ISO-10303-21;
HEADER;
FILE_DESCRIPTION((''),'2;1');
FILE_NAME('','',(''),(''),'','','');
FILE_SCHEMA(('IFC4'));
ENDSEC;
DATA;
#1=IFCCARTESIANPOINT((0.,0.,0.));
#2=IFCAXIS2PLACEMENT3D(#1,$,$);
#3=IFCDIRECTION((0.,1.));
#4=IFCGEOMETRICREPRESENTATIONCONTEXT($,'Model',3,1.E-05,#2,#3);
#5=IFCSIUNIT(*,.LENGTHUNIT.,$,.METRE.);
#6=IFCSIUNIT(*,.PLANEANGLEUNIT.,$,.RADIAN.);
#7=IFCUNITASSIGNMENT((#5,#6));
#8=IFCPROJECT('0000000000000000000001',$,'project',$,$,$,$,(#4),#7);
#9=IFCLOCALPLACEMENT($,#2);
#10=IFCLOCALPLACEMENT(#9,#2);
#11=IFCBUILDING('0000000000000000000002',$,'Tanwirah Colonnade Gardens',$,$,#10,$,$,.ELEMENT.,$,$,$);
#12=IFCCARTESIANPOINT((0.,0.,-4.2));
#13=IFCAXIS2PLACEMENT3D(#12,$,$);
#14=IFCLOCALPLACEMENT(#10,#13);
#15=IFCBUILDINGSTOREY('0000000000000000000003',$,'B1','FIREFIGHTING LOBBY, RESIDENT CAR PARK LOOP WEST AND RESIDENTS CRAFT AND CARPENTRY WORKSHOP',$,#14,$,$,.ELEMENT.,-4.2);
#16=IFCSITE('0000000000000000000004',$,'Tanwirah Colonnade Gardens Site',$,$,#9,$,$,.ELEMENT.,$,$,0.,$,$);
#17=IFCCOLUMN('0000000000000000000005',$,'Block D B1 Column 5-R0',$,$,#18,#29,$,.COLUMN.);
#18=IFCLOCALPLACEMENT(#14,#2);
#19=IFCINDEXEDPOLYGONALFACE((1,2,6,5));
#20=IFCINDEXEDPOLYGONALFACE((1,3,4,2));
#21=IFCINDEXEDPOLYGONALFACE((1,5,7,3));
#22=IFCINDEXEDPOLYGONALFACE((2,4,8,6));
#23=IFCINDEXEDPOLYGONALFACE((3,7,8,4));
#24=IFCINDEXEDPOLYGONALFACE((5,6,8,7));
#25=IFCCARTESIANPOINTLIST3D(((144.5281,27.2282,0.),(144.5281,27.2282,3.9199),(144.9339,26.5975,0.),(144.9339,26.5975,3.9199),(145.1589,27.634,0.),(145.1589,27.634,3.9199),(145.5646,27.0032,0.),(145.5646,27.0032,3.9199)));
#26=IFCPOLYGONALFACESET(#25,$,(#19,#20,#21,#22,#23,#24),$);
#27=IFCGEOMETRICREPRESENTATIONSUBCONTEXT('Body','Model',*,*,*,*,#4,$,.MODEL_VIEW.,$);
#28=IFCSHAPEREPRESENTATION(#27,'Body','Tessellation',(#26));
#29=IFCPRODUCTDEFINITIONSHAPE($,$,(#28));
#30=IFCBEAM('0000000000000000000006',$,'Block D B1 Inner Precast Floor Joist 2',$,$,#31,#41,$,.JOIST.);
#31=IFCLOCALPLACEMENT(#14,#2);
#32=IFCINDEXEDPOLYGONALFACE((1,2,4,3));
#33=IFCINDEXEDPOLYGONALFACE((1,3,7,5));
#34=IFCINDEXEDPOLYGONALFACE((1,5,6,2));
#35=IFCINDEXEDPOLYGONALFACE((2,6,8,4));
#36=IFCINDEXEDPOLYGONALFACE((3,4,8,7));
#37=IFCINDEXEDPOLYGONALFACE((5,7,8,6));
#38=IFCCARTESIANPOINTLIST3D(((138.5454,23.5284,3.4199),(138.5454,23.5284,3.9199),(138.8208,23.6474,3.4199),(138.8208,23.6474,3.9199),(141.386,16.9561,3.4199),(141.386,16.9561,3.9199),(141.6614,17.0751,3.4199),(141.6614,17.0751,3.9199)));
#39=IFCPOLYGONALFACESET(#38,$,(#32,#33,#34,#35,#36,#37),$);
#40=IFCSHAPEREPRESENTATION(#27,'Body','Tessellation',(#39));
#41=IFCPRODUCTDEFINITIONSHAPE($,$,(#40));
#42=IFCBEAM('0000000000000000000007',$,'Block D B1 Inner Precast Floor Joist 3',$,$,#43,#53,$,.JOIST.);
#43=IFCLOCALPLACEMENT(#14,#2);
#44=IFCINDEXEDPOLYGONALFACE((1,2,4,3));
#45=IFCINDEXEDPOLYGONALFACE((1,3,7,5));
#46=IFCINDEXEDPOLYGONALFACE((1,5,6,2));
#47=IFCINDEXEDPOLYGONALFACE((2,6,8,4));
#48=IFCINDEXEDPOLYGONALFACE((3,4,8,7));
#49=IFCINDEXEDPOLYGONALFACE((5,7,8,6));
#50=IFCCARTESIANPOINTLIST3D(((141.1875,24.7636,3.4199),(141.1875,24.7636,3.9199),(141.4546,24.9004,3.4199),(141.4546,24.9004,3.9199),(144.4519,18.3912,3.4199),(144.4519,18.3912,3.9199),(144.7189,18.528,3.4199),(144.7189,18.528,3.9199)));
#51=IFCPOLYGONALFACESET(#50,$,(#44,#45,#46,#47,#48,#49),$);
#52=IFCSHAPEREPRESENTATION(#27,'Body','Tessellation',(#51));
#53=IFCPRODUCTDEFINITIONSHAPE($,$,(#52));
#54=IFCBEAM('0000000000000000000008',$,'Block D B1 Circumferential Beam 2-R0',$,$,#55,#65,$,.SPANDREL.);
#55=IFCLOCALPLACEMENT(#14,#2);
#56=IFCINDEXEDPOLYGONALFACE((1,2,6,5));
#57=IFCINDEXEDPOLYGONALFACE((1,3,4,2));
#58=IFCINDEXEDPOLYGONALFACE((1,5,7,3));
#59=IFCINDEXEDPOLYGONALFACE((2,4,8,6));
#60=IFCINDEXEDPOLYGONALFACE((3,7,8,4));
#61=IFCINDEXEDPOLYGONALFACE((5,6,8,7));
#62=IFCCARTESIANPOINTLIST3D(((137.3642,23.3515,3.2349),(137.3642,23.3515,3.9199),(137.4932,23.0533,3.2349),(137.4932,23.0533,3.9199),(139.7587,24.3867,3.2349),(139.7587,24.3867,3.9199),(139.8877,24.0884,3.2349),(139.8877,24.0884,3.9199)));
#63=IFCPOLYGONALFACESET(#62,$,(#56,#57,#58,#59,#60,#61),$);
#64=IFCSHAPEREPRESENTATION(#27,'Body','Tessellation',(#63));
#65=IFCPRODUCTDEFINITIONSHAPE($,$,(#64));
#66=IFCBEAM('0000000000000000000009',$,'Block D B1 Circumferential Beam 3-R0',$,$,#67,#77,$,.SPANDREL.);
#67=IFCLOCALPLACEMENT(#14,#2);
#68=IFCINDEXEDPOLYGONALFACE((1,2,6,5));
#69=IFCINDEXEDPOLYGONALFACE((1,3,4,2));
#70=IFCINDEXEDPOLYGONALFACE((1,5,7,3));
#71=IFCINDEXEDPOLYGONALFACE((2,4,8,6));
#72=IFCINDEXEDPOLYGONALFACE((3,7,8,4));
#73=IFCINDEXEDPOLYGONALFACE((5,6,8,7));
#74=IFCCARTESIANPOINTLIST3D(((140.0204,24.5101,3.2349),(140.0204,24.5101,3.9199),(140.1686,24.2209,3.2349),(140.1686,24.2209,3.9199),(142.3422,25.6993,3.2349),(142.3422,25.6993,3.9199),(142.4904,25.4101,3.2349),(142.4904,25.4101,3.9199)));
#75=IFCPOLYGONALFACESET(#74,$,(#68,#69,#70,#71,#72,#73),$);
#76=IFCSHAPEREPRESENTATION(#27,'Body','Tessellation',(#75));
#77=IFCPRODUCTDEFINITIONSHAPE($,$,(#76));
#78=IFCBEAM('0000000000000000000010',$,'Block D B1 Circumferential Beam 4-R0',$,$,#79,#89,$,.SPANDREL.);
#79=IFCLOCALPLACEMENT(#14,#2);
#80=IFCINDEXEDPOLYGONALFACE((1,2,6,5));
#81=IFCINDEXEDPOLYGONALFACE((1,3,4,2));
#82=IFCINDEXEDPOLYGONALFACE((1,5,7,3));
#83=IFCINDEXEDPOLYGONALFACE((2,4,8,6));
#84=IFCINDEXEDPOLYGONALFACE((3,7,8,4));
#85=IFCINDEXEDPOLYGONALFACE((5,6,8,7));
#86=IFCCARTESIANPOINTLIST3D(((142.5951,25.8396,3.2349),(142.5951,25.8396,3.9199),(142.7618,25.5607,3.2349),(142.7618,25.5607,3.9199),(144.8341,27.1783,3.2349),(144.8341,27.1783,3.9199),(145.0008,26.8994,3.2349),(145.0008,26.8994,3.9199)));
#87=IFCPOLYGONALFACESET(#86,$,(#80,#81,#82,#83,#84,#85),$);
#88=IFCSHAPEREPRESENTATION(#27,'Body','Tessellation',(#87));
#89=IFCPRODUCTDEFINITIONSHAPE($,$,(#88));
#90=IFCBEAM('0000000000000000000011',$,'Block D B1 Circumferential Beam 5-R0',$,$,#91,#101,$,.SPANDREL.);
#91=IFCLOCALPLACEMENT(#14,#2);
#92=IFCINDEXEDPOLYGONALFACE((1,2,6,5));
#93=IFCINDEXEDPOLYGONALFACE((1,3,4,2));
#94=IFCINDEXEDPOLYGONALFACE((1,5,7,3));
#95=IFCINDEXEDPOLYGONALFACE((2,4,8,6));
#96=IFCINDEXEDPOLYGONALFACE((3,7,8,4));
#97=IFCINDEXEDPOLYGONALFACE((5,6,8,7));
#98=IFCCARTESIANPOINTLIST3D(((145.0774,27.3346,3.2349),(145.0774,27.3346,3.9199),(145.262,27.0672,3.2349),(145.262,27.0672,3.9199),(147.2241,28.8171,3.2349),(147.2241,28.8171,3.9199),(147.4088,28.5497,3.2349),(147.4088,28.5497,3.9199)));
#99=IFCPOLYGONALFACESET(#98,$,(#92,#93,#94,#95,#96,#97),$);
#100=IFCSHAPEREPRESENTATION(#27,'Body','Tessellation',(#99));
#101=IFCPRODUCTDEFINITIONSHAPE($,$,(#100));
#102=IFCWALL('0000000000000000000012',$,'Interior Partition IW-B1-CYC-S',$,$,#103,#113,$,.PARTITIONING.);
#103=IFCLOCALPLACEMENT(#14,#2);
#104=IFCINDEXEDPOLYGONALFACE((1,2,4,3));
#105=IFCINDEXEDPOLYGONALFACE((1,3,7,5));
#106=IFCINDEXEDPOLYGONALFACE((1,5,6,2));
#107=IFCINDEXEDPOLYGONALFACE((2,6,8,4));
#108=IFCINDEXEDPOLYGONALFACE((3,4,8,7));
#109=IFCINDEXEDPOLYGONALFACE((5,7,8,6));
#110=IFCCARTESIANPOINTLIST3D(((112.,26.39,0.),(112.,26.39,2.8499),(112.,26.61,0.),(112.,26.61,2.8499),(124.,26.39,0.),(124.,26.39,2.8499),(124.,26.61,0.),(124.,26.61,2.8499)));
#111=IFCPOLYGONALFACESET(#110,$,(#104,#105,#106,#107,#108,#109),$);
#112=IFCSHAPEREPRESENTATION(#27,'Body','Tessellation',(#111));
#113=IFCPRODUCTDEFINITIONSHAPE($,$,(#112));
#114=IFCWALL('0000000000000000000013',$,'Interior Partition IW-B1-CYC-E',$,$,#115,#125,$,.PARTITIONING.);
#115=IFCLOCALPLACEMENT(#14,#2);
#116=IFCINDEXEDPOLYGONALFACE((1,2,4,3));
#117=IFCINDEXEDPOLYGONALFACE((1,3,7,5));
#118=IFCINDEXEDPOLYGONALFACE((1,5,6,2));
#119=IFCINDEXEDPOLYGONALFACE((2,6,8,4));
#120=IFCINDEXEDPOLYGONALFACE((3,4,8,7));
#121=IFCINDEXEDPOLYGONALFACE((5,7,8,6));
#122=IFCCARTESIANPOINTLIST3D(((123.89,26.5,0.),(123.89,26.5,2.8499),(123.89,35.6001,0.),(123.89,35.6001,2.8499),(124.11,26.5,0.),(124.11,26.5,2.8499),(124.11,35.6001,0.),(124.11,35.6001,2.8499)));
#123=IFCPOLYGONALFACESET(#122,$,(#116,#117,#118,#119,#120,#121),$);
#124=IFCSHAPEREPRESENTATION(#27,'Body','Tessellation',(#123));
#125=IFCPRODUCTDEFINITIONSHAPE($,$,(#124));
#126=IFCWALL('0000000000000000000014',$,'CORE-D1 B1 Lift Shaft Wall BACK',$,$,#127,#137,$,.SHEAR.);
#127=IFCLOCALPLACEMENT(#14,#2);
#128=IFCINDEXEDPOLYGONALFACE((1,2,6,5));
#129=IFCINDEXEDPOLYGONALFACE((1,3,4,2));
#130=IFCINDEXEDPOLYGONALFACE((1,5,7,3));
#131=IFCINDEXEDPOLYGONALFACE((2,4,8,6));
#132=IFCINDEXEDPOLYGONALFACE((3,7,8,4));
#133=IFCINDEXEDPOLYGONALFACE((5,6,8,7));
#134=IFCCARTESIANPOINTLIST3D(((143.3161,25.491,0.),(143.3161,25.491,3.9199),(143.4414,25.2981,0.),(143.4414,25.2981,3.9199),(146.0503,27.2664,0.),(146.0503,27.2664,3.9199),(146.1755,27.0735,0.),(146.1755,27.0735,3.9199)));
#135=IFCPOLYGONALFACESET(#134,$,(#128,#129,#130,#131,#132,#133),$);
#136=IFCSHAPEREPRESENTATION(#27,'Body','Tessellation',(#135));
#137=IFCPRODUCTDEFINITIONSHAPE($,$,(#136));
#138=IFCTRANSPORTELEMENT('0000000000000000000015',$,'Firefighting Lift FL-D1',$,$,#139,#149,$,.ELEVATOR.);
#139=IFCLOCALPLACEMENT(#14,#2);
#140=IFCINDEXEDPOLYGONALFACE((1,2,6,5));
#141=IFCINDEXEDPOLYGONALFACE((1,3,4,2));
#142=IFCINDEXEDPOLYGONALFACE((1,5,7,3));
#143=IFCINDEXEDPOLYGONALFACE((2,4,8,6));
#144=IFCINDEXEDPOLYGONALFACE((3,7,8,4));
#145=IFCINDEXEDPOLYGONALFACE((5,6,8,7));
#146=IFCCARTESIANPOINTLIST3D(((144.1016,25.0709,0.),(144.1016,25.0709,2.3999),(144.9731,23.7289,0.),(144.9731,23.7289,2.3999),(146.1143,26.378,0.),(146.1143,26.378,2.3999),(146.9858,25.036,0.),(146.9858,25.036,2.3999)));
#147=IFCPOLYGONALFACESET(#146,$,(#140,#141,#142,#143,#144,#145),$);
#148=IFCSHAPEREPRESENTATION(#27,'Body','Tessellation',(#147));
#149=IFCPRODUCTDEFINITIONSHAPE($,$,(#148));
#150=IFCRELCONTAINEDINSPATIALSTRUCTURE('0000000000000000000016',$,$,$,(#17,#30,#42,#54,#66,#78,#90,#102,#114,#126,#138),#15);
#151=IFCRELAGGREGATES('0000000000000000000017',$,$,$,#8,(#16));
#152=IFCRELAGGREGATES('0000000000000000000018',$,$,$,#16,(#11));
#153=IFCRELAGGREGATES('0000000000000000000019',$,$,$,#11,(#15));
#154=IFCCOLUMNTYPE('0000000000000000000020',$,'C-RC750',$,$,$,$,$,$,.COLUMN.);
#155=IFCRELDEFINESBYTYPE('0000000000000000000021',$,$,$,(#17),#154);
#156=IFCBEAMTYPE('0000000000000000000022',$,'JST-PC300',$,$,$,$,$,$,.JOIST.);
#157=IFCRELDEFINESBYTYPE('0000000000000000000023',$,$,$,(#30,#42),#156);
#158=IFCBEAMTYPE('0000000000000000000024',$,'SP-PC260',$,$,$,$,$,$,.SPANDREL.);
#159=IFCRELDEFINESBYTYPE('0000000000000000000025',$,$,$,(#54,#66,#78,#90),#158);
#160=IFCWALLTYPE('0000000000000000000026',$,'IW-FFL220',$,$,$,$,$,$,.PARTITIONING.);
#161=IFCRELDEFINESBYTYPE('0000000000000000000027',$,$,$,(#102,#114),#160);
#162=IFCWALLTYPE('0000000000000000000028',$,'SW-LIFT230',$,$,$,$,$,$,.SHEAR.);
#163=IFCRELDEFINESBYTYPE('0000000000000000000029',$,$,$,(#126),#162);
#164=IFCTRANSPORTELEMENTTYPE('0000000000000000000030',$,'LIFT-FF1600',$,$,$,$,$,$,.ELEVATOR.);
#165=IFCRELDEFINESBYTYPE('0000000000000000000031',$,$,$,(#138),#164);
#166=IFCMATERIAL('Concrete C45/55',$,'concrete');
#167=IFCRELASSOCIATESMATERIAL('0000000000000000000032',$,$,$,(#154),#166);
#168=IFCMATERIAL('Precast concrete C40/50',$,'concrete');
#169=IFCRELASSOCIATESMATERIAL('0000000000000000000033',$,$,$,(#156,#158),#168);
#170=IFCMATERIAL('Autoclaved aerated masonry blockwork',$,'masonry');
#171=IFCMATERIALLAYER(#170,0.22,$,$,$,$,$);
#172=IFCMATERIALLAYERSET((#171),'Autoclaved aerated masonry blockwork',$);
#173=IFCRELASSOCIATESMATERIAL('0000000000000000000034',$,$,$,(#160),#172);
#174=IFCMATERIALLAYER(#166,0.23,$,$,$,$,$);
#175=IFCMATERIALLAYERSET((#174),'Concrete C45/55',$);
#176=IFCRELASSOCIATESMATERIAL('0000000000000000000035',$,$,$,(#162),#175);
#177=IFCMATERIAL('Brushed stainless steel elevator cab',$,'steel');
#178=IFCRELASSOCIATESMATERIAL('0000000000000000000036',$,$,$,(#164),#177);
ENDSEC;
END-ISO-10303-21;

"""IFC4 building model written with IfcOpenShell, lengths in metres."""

from ifc_helpers import new_model, si_unit, direction, frame, frame_2d, origin, origin_2d, place, context, subcontext, project, spatial, rectangle, extrude, material, layer, layer_set, material_profile, profile_set, type_object, element, save


model = new_model("IFC4")

# Units and contexts
model_context = context("Model", 3, precision=1e-05, world=origin(), true_north=direction((0.0, 1.0)))
body_context = subcontext(model_context, "Body", "Model", "MODEL_VIEW")
ifc_project = project(units=[si_unit("LENGTHUNIT", "METRE"), si_unit("PLANEANGLEUNIT", "RADIAN")], contexts=[model_context])

# Site, building, storey
site_placement = place(None, origin())
site = spatial("IfcSite", under=ifc_project, at=site_placement, Name="Tanwirah Colonnade Gardens Site", CompositionType="ELEMENT", RefElevation=0.0)
building_placement = place(site_placement, origin())
building = spatial("IfcBuilding", under=site, at=building_placement, Name="Tanwirah Colonnade Gardens", CompositionType="ELEMENT")
storey_placement = place(building_placement, frame((0.0, 0.0, -4.2)))
storey = spatial("IfcBuildingStorey", under=building, at=storey_placement, Name="B1", Description="FIREFIGHTING LOBBY, RESIDENT CAR PARK LOOP WEST AND RESIDENTS CRAFT AND CARPENTRY WORKSHOP", CompositionType="ELEMENT", Elevation=-4.2)

# Shared definitions
ifc_material_1 = material(Name="Concrete C45/55", Category="concrete")

# Column
ifc_material_profile_1 = material_profile(ifc_material_1, rectangle(XDim=0.75, YDim=0.75, at=origin_2d()), Name="RC-COL 750x750")
ifc_profile_set_1 = profile_set([ifc_material_profile_1], Name="Concrete C45/55")
column_type_1 = type_object("IfcColumnType", Name="C-RC750", PredefinedType="COLUMN", material=ifc_profile_set_1)
for number, where, z_axis, x_axis, name in (
    (1, (145.0464, 27.1157, 0.0), (0.0, 0.0, 1.0), (0.540974, -0.841039, 0.0), "Block D B1 Column 5-R0"),
):
    element("IfcColumn", number, at=place(storey_placement, frame(where, z_axis=z_axis, x_axis=x_axis)), inside=storey, type_object=column_type_1, Name=name, PredefinedType="COLUMN", context=body_context, shape_type="SweptSolid", body=[
        extrude(rectangle(XDim=0.75, YDim=0.75, at=origin_2d()), origin(), (0.0, 0.0, 1.0), 3.9199),
    ])

# Beams
ifc_material_2 = material(Name="Precast concrete C40/50", Category="concrete")
ifc_material_profile_2 = material_profile(ifc_material_2, rectangle(XDim=0.3, YDim=0.5, at=origin_2d()), Name="PC-JST 300x500")
ifc_profile_set_2 = profile_set([ifc_material_profile_2], Name="Precast concrete C40/50")
beam_type_1 = type_object("IfcBeamType", Name="JST-PC300", PredefinedType="JOIST", material=ifc_profile_set_2)
for number, where, z_axis, x_axis, name in (
    (2, (138.6831, 23.5879, 3.6699), (0.396736, -0.917933, 0.0), (0.917933, 0.396736, 0.0), "Block D B1 Inner Precast Floor Joist 2"),
    (3, (141.321, 24.832, 3.6699), (0.455921, -0.89002, 0.0), (0.89002, 0.455921, 0.0), "Block D B1 Inner Precast Floor Joist 3"),
):
    element("IfcBeam", number, at=place(storey_placement, frame(where, z_axis=z_axis, x_axis=x_axis)), inside=storey, type_object=beam_type_1, Name=name, PredefinedType="JOIST", context=body_context, shape_type="SweptSolid", body=[
        extrude(rectangle(XDim=0.3, YDim=0.5, at=origin_2d()), origin(), (0.0, 0.0, 1.0), 7.1599),
    ])
ifc_material_profile_3 = material_profile(ifc_material_2, rectangle(XDim=0.325, YDim=0.6851, at=origin_2d()), Name="PC-SP 325x685")
ifc_profile_set_3 = profile_set([ifc_material_profile_3], Name="Precast concrete C40/50")
beam_type_2 = type_object("IfcBeamType", Name="SP-PC260", PredefinedType="SPANDREL", material=ifc_profile_set_3)
for number, where, z_axis, x_axis, name in (
    (4, (137.4287, 23.2024, 3.5774), (0.917901, 0.396809, 0.0), (-0.396809, 0.917901, 0.0), "Block D B1 Circumferential Beam 2-R0"),
    (5, (140.0945, 24.3655, 3.5774), (0.890042, 0.455878, 0.0), (-0.455878, 0.890042, 0.0), "Block D B1 Circumferential Beam 3-R0"),
    (6, (142.6785, 25.7002, 3.5774), (0.858301, 0.513146, 0.0), (-0.513146, 0.858301, 0.0), "Block D B1 Circumferential Beam 4-R0"),
):
    element("IfcBeam", number, at=place(storey_placement, frame(where, z_axis=z_axis, x_axis=x_axis)), inside=storey, type_object=beam_type_2, Name=name, PredefinedType="SPANDREL", context=body_context, shape_type="SweptSolid", body=[
        extrude(rectangle(XDim=0.325, YDim=0.6851, at=origin_2d()), origin(), (0.0, 0.0, 1.0), 2.6086),
    ])
beam_placement = place(storey_placement, frame((145.1697, 27.2009, 3.5774), z_axis=(0.822869, 0.568231, 0.0), x_axis=(-0.568231, 0.822869, 0.0)))
element("IfcBeam", 7, at=beam_placement, inside=storey, type_object=beam_type_2, Name="Block D B1 Circumferential Beam 5-R0", PredefinedType="SPANDREL", context=body_context, shape_type="SweptSolid", body=[
    extrude(rectangle(XDim=0.325, YDim=0.6851, at=origin_2d()), origin(), (0.0, 0.0, 1.0), 2.6089),
])

# Shared definitions
ifc_material_3 = material(Name="Autoclaved aerated masonry blockwork", Category="masonry")
ifc_layer_1 = layer(ifc_material_3, 0.22)
ifc_layer_set_1 = layer_set([ifc_layer_1], Name="Autoclaved aerated masonry blockwork")
wall_type_1 = type_object("IfcWallType", Name="IW-FFL220", PredefinedType="PARTITIONING", material=ifc_layer_set_1)

# Walls
wall_1_placement = place(storey_placement, frame((112.0, 26.5, 0.0), z_axis=(0.0, 0.0, 1.0), x_axis=(1.0, 0.0, 0.0)))
element("IfcWall", 8, at=wall_1_placement, inside=storey, type_object=wall_type_1, Name="Interior Partition IW-B1-CYC-S", PredefinedType="PARTITIONING", context=body_context, shape_type="SweptSolid", body=[
    extrude(rectangle(XDim=12.0, YDim=0.22, at=frame_2d((6.0, 0.0))), origin(), (0.0, 0.0, 1.0), 2.8499),
])
wall_2_placement = place(storey_placement, frame((124.0, 26.5, 0.0), z_axis=(0.0, 0.0, 1.0), x_axis=(0.0, 1.0, 0.0)))
element("IfcWall", 9, at=wall_2_placement, inside=storey, type_object=wall_type_1, Name="Interior Partition IW-B1-CYC-E", PredefinedType="PARTITIONING", context=body_context, shape_type="SweptSolid", body=[
    extrude(rectangle(XDim=9.1001, YDim=0.22, at=frame_2d((4.55, 0.0))), origin(), (0.0, 0.0, 1.0), 2.8499),
])
ifc_layer_2 = layer(ifc_material_1, 0.23)
ifc_layer_set_2 = layer_set([ifc_layer_2], Name="Concrete C45/55")
wall_type_2 = type_object("IfcWallType", Name="SW-LIFT230", PredefinedType="SHEAR", material=ifc_layer_set_2)
wall_3_placement = place(storey_placement, frame((146.1128, 27.1699, 0.0), z_axis=(0.0, 0.0, 1.0), x_axis=(-0.838695, -0.544601, 0.0)))
element("IfcWall", 10, at=wall_3_placement, inside=storey, type_object=wall_type_2, Name="CORE-D1 B1 Lift Shaft Wall BACK", PredefinedType="SHEAR", context=body_context, shape_type="SweptSolid", body=[
    extrude(rectangle(XDim=3.26, YDim=0.23, at=frame_2d((1.6299, 0.0))), origin(), (0.0, 0.0, 1.0), 3.9199),
])

# Transport element
ifc_material_4 = material(Name="Brushed stainless steel elevator cab", Category="steel")
transport_element_type = type_object("IfcTransportElementType", Name="LIFT-FF1600", PredefinedType="ELEVATOR", material=ifc_material_4)
transport_element_placement = place(storey_placement, frame((145.5437, 25.0535, 0.0), z_axis=(0.0, 0.0, 1.0), x_axis=(-0.544639, 0.838671, 0.0)))
element("IfcTransportElement", 11, at=transport_element_placement, inside=storey, type_object=transport_element_type, Name="Firefighting Lift FL-D1", PredefinedType="ELEVATOR", context=body_context, shape_type="SweptSolid", body=[
    extrude(rectangle(XDim=1.6001, YDim=2.3999, at=origin_2d()), origin(), (0.0, 0.0, 1.0), 2.3999),
])

save(model, "model.ifc")
